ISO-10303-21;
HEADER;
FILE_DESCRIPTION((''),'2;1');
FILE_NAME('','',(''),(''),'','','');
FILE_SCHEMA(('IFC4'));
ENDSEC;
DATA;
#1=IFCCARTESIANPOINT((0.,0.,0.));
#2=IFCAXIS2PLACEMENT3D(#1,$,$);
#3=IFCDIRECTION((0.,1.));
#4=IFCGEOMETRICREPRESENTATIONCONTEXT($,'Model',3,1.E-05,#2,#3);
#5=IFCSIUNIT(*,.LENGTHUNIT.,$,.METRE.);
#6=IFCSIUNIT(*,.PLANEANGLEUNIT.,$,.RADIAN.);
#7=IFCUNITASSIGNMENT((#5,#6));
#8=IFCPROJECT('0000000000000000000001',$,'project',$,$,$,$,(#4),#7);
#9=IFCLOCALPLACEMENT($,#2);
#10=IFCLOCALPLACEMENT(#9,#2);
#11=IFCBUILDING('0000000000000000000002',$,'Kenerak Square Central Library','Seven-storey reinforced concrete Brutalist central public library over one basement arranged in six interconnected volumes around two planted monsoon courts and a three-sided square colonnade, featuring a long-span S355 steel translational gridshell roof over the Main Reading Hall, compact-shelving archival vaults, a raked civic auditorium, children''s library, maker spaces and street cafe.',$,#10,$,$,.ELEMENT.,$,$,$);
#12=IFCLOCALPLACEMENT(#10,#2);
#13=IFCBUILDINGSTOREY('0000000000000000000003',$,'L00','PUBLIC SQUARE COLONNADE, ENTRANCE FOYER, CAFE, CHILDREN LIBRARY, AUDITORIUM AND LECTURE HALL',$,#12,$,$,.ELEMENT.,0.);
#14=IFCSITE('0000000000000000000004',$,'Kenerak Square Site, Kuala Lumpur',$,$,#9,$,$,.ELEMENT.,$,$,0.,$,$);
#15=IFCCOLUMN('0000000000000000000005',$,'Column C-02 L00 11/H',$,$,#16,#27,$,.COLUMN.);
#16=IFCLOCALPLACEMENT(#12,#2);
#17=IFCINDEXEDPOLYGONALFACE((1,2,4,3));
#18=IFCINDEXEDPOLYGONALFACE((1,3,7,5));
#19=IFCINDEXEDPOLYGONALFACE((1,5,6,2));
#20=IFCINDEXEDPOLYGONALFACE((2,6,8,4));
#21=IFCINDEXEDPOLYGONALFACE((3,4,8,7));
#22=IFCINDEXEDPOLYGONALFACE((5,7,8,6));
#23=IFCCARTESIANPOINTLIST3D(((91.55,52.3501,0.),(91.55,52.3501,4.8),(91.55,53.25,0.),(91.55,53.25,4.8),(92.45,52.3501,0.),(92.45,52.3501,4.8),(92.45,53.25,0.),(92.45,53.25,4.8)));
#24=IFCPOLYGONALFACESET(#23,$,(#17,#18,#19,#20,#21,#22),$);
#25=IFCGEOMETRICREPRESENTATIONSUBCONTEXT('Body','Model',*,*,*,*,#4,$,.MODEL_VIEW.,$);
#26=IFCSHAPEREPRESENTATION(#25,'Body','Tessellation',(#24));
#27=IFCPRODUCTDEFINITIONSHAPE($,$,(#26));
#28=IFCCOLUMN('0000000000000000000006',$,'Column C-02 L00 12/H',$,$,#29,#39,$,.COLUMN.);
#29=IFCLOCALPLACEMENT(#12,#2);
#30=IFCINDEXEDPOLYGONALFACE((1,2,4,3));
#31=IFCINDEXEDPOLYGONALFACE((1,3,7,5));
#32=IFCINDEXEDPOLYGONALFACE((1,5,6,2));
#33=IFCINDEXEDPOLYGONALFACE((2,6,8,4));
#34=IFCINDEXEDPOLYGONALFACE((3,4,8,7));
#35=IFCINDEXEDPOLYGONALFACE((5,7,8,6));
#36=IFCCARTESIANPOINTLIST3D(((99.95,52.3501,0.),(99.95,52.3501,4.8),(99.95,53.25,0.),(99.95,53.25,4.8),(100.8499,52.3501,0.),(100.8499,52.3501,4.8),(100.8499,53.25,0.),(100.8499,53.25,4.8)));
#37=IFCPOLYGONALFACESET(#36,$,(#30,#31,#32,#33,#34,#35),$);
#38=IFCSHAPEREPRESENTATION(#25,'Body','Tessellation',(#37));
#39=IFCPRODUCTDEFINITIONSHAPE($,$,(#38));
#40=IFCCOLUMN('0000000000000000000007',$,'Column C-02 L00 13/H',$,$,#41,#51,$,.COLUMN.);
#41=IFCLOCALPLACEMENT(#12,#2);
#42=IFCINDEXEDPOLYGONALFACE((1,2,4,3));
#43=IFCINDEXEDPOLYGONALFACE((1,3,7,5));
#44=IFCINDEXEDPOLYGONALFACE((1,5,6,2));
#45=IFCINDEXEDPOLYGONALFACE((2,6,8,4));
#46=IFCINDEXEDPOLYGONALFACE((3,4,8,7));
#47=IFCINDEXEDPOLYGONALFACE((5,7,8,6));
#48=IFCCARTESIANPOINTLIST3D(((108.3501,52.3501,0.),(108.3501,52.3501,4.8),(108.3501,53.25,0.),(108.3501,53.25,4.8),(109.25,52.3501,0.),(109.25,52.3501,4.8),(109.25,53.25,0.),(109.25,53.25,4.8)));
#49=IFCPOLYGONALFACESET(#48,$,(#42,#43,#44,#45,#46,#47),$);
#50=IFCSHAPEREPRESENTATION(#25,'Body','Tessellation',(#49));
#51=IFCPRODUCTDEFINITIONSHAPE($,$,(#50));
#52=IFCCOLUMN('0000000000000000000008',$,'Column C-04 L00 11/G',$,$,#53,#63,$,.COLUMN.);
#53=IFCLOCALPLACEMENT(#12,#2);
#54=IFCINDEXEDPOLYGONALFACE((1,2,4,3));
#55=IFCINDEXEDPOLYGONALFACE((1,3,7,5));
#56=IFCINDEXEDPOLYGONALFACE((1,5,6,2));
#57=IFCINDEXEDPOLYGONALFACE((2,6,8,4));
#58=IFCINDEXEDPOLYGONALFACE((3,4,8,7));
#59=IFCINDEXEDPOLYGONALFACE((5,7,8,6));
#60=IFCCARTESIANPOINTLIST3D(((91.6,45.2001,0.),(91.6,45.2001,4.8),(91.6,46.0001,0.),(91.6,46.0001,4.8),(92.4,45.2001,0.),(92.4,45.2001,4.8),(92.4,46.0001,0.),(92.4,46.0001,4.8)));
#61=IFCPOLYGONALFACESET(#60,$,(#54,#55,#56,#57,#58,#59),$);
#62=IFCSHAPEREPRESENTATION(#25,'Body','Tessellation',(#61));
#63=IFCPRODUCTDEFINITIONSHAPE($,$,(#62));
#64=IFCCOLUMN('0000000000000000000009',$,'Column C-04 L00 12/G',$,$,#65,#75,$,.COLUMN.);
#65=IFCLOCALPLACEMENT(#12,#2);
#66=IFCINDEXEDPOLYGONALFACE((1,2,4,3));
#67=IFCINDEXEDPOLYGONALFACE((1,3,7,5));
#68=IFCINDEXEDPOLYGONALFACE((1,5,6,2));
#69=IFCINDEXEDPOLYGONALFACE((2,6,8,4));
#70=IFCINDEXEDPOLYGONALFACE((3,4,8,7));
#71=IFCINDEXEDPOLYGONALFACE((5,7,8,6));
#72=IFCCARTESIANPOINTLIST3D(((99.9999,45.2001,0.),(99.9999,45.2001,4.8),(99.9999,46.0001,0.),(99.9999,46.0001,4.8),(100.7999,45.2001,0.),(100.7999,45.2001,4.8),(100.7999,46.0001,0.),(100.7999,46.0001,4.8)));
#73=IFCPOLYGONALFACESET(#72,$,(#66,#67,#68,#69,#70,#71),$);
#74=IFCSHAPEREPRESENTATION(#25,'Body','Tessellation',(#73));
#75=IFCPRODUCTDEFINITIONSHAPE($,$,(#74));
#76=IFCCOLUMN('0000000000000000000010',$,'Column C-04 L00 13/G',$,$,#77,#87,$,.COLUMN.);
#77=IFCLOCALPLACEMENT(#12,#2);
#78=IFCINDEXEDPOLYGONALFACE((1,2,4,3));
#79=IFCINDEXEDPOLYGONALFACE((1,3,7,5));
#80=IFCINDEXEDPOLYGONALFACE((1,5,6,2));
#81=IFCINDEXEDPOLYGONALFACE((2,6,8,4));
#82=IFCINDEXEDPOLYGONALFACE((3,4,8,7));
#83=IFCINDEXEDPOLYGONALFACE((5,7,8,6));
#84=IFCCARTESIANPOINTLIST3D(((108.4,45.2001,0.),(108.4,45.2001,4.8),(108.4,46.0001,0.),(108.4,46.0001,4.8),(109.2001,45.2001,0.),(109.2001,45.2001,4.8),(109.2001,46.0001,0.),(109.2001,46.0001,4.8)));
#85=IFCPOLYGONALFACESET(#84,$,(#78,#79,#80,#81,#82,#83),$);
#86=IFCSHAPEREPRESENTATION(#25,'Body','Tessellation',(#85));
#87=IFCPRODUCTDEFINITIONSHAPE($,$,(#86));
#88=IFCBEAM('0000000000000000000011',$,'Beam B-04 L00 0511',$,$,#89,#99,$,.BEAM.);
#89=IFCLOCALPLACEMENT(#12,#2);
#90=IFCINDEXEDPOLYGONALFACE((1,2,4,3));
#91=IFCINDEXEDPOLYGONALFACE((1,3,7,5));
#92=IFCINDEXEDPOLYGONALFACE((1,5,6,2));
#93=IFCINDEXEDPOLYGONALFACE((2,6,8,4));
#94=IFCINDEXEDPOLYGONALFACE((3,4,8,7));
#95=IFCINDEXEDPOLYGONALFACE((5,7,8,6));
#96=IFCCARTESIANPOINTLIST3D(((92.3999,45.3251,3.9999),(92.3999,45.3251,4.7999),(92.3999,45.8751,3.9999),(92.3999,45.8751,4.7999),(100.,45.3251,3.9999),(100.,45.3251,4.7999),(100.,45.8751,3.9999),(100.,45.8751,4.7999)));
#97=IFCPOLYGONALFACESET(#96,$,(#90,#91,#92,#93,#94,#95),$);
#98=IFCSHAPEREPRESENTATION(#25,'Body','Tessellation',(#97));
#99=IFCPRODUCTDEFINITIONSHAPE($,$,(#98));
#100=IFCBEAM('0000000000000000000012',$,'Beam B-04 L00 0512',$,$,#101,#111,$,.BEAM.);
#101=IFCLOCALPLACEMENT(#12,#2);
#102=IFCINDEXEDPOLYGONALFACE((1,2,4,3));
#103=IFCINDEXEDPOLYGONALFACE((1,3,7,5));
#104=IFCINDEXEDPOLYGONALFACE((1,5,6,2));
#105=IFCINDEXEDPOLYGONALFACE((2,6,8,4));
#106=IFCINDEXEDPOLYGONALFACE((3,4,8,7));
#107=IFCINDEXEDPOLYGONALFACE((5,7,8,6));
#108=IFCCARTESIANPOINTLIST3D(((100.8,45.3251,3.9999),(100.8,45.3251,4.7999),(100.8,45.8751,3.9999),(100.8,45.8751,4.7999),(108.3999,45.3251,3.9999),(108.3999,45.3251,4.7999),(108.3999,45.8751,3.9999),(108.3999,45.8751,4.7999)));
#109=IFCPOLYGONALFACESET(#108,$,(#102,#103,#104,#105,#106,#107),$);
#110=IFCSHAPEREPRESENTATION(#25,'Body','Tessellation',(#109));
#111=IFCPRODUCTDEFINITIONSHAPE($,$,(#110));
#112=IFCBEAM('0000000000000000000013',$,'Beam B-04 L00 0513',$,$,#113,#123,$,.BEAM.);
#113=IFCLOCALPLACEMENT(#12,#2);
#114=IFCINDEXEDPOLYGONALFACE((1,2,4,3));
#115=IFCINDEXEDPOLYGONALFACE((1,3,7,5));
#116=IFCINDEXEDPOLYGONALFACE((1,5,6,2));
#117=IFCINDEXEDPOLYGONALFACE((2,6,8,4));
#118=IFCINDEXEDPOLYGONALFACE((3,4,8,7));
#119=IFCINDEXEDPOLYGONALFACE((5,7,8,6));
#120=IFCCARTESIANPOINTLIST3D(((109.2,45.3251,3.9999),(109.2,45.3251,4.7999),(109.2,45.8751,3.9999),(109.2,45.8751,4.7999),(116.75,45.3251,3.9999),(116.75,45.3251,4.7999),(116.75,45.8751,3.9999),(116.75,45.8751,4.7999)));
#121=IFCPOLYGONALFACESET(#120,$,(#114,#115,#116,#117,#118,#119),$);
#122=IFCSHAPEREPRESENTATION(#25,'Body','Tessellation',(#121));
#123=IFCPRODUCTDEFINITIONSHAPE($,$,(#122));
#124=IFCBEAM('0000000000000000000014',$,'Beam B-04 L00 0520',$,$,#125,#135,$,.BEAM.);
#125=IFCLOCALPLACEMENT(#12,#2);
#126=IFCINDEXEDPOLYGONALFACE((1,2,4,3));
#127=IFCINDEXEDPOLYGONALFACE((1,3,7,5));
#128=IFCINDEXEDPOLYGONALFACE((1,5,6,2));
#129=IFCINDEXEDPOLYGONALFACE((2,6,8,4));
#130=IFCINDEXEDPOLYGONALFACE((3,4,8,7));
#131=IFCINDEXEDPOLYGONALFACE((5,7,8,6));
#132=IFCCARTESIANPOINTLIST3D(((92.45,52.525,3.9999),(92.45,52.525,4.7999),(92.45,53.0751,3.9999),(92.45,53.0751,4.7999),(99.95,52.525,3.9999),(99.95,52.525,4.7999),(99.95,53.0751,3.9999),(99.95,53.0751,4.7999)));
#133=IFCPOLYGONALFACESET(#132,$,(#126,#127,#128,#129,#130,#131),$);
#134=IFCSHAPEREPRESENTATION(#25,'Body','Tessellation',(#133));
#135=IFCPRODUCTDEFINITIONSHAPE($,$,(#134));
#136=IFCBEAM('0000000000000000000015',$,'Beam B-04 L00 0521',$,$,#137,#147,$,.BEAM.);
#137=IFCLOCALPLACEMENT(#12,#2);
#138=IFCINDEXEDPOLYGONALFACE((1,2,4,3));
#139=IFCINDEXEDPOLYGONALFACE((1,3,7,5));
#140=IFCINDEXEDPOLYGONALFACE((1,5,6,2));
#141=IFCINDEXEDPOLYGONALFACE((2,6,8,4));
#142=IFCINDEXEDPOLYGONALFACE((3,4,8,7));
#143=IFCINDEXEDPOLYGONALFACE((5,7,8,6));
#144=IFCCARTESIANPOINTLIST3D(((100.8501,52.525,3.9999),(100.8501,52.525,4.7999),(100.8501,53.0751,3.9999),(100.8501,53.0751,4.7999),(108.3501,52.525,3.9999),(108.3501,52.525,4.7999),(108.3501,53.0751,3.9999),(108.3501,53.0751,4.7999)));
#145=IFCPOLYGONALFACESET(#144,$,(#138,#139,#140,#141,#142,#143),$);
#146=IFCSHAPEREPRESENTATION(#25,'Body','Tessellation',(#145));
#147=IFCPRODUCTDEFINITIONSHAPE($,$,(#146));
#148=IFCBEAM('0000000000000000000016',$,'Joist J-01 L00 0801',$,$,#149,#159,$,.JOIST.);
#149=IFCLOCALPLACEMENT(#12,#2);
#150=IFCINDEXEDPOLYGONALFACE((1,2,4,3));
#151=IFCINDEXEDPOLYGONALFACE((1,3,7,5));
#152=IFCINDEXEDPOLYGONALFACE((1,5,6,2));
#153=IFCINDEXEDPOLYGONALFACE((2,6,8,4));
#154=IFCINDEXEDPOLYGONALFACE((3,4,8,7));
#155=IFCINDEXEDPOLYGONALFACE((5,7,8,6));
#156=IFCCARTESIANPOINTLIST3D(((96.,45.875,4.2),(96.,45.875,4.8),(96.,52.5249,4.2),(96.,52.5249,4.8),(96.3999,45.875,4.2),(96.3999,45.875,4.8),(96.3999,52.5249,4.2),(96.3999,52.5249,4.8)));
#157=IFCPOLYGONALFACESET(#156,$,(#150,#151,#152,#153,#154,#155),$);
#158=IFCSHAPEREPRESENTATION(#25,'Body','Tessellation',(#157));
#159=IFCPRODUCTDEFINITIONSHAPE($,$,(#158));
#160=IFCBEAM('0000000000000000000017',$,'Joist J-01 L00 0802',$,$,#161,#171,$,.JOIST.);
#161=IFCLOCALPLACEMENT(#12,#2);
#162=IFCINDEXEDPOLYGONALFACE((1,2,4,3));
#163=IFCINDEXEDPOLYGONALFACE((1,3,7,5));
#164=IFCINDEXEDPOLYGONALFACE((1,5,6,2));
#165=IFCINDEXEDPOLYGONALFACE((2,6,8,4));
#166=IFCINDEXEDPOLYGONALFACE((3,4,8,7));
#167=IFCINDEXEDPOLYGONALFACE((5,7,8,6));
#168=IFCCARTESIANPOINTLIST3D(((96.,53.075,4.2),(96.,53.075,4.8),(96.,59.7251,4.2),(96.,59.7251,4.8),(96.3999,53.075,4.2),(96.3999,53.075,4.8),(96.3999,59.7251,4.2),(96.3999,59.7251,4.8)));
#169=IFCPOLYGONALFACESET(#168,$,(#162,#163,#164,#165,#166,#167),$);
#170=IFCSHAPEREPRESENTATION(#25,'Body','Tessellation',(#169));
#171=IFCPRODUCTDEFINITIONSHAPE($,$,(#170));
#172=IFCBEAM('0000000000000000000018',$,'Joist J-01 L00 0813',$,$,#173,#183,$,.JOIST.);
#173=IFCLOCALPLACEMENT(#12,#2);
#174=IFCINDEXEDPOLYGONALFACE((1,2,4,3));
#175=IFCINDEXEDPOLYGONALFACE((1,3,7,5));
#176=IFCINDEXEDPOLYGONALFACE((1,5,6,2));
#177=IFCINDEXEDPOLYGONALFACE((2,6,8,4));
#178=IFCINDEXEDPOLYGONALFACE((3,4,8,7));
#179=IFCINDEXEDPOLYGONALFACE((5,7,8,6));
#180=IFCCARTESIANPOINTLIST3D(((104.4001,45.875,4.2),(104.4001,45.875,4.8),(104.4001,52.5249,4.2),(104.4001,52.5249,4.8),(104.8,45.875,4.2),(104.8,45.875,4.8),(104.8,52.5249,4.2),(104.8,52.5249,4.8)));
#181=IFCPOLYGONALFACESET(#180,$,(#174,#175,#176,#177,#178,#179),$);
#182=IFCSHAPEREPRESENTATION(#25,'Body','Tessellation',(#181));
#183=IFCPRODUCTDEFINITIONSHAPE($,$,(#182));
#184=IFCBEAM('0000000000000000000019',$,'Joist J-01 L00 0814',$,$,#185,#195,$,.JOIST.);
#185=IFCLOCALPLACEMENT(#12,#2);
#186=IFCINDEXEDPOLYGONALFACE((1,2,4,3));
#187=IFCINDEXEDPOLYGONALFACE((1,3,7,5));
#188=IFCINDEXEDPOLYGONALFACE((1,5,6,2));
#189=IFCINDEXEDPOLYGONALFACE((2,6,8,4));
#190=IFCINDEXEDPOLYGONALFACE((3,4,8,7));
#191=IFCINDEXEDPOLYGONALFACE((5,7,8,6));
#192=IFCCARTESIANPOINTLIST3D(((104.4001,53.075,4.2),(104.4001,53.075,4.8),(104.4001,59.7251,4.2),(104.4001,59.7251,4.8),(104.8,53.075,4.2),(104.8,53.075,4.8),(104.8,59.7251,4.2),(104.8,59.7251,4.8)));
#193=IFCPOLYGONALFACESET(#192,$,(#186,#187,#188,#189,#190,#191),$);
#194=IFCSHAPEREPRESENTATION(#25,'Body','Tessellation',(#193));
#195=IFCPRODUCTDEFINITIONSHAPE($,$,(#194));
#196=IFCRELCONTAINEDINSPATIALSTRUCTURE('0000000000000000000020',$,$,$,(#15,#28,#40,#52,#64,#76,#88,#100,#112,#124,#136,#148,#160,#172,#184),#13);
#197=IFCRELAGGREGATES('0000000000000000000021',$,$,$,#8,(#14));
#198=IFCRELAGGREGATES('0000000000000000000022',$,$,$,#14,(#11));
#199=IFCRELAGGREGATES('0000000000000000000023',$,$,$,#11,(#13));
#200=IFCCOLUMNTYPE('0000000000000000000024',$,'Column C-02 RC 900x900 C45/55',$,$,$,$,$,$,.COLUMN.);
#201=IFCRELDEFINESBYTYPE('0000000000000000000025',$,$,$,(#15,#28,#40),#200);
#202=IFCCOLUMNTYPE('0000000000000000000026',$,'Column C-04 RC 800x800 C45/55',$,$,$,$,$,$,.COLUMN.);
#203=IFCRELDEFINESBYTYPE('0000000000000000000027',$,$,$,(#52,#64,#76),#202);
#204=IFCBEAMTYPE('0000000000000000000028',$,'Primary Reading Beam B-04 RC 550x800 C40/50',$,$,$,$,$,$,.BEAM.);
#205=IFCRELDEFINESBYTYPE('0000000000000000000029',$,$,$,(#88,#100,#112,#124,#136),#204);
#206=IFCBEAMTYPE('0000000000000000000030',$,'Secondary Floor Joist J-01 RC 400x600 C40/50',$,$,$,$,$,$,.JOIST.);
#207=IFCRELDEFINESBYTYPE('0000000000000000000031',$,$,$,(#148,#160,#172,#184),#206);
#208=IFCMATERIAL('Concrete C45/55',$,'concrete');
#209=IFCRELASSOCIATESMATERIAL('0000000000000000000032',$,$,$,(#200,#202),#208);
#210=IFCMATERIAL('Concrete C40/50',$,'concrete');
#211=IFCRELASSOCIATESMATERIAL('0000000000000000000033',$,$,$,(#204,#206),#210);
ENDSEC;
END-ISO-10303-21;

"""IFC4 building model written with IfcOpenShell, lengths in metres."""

from ifc_helpers import new_model, si_unit, direction, frame, origin, origin_2d, place, context, subcontext, project, spatial, rectangle, extrude, material, material_profile, profile_set, type_object, element, save


model = new_model("IFC4")

# Units and contexts
model_context = context("Model", 3, precision=1e-05, world=origin(), true_north=direction((0.0, 1.0)))
body_context = subcontext(model_context, "Body", "Model", "MODEL_VIEW")
ifc_project = project(units=[si_unit("LENGTHUNIT", "METRE"), si_unit("PLANEANGLEUNIT", "RADIAN")], contexts=[model_context])

# Site, building, storey
site_placement = place(None, origin())
site = spatial("IfcSite", under=ifc_project, at=site_placement, Name="Kenerak Square Site, Kuala Lumpur", CompositionType="ELEMENT", RefElevation=0.0)
building_placement = place(site_placement, origin())
building = spatial("IfcBuilding", under=site, at=building_placement, Name="Kenerak Square Central Library", Description="Seven-storey reinforced concrete Brutalist central public library over one basement arranged in six interconnected volumes around two planted monsoon courts and a three-sided square colonnade, featuring a long-span S355 steel translational gridshell roof over the Main Reading Hall, compact-shelving archival vaults, a raked civic auditorium, children's library, maker spaces and street cafe.", CompositionType="ELEMENT")
storey_placement = place(building_placement, origin())
storey = spatial("IfcBuildingStorey", under=building, at=storey_placement, Name="L00", Description="PUBLIC SQUARE COLONNADE, ENTRANCE FOYER, CAFE, CHILDREN LIBRARY, AUDITORIUM AND LECTURE HALL", CompositionType="ELEMENT", Elevation=0.0)

# Columns
ifc_material_1 = material(Name="Concrete C45/55", Category="concrete")
ifc_material_profile_1 = material_profile(ifc_material_1, rectangle(XDim=0.8999, YDim=0.8999, at=origin_2d()), Name="RC 900x900")
ifc_profile_set_1 = profile_set([ifc_material_profile_1], Name="Concrete C45/55")
column_type_1 = type_object("IfcColumnType", Name="Column C-02 RC 900x900 C45/55", PredefinedType="COLUMN", material=ifc_profile_set_1)
for number, where, z_axis, x_axis, name in (
    (1, (92.0, 52.8, 0.0), (0.0, 0.0, 1.0), (1.0, 0.0, 0.0), "Column C-02 L00 11/H"),
    (2, (100.3999, 52.8, 0.0), (0.0, 0.0, 1.0), (1.0, 0.0, 0.0), "Column C-02 L00 12/H"),
    (3, (108.8, 52.8, 0.0), (0.0, 0.0, 1.0), (1.0, 0.0, 0.0), "Column C-02 L00 13/H"),
):
    element("IfcColumn", number, at=place(storey_placement, frame(where, z_axis=z_axis, x_axis=x_axis)), inside=storey, type_object=column_type_1, Name=name, PredefinedType="COLUMN", context=body_context, shape_type="SweptSolid", body=[
        extrude(rectangle(XDim=0.8999, YDim=0.8999, at=origin_2d()), origin(), (0.0, 0.0, 1.0), 4.8),
    ])
ifc_material_profile_2 = material_profile(ifc_material_1, rectangle(XDim=0.8, YDim=0.8, at=origin_2d()), Name="RC 800x800")
ifc_profile_set_2 = profile_set([ifc_material_profile_2], Name="Concrete C45/55")
column_type_2 = type_object("IfcColumnType", Name="Column C-04 RC 800x800 C45/55", PredefinedType="COLUMN", material=ifc_profile_set_2)
for number, where, z_axis, x_axis, name in (
    (4, (92.0, 45.6001, 0.0), (0.0, 0.0, 1.0), (1.0, 0.0, 0.0), "Column C-04 L00 11/G"),
    (5, (100.3999, 45.6001, 0.0), (0.0, 0.0, 1.0), (1.0, 0.0, 0.0), "Column C-04 L00 12/G"),
    (6, (108.8, 45.6001, 0.0), (0.0, 0.0, 1.0), (1.0, 0.0, 0.0), "Column C-04 L00 13/G"),
):
    element("IfcColumn", number, at=place(storey_placement, frame(where, z_axis=z_axis, x_axis=x_axis)), inside=storey, type_object=column_type_2, Name=name, PredefinedType="COLUMN", context=body_context, shape_type="SweptSolid", body=[
        extrude(rectangle(XDim=0.8, YDim=0.8, at=origin_2d()), origin(), (0.0, 0.0, 1.0), 4.8),
    ])

# Beams
ifc_material_2 = material(Name="Concrete C40/50", Category="concrete")
ifc_material_profile_3 = material_profile(ifc_material_2, rectangle(XDim=0.55, YDim=0.8, at=origin_2d()), Name="RC 550x800")
ifc_profile_set_3 = profile_set([ifc_material_profile_3], Name="Concrete C40/50")
beam_type_1 = type_object("IfcBeamType", Name="Primary Reading Beam B-04 RC 550x800 C40/50", PredefinedType="BEAM", material=ifc_profile_set_3)
beam_1_placement = place(storey_placement, frame((92.3999, 45.6001, 4.3999), z_axis=(1.0, 0.0, 0.0), x_axis=(0.0, 1.0, 0.0)))
element("IfcBeam", 7, at=beam_1_placement, inside=storey, type_object=beam_type_1, Name="Beam B-04 L00 0511", PredefinedType="BEAM", context=body_context, shape_type="SweptSolid", body=[
    extrude(rectangle(XDim=0.55, YDim=0.8, at=origin_2d()), origin(), (0.0, 0.0, 1.0), 7.6001),
])
beam_2_placement = place(storey_placement, frame((100.8, 45.6001, 4.3999), z_axis=(1.0, 0.0, 0.0), x_axis=(0.0, 1.0, 0.0)))
element("IfcBeam", 8, at=beam_2_placement, inside=storey, type_object=beam_type_1, Name="Beam B-04 L00 0512", PredefinedType="BEAM", context=body_context, shape_type="SweptSolid", body=[
    extrude(rectangle(XDim=0.55, YDim=0.8, at=origin_2d()), origin(), (0.0, 0.0, 1.0), 7.5999),
])
beam_3_placement = place(storey_placement, frame((109.2, 45.6001, 4.3999), z_axis=(1.0, 0.0, 0.0), x_axis=(0.0, 1.0, 0.0)))
element("IfcBeam", 9, at=beam_3_placement, inside=storey, type_object=beam_type_1, Name="Beam B-04 L00 0513", PredefinedType="BEAM", context=body_context, shape_type="SweptSolid", body=[
    extrude(rectangle(XDim=0.55, YDim=0.8, at=origin_2d()), origin(), (0.0, 0.0, 1.0), 7.55),
])
for number, where, z_axis, x_axis, name in (
    (10, (92.45, 52.8, 4.3999), (1.0, 0.0, 0.0), (0.0, 1.0, 0.0), "Beam B-04 L00 0520"),
    (11, (100.8501, 52.8, 4.3999), (1.0, 0.0, 0.0), (0.0, 1.0, 0.0), "Beam B-04 L00 0521"),
):
    element("IfcBeam", number, at=place(storey_placement, frame(where, z_axis=z_axis, x_axis=x_axis)), inside=storey, type_object=beam_type_1, Name=name, PredefinedType="BEAM", context=body_context, shape_type="SweptSolid", body=[
        extrude(rectangle(XDim=0.55, YDim=0.8, at=origin_2d()), origin(), (0.0, 0.0, 1.0), 7.5),
    ])
ifc_material_profile_4 = material_profile(ifc_material_2, rectangle(XDim=0.3999, YDim=0.6001, at=origin_2d()), Name="RC 400x600")
ifc_profile_set_4 = profile_set([ifc_material_profile_4], Name="Concrete C40/50")
beam_type_2 = type_object("IfcBeamType", Name="Secondary Floor Joist J-01 RC 400x600 C40/50", PredefinedType="JOIST", material=ifc_profile_set_4)
beam_4_placement = place(storey_placement, frame((96.2, 45.875, 4.5), z_axis=(0.0, 1.0, 0.0), x_axis=(-1.0, 0.0, 0.0)))
element("IfcBeam", 12, at=beam_4_placement, inside=storey, type_object=beam_type_2, Name="Joist J-01 L00 0801", PredefinedType="JOIST", context=body_context, shape_type="SweptSolid", body=[
    extrude(rectangle(XDim=0.3999, YDim=0.6001, at=origin_2d()), origin(), (0.0, 0.0, 1.0), 6.6499),
])
beam_5_placement = place(storey_placement, frame((96.2, 53.075, 4.5), z_axis=(0.0, 1.0, 0.0), x_axis=(-1.0, 0.0, 0.0)))
element("IfcBeam", 13, at=beam_5_placement, inside=storey, type_object=beam_type_2, Name="Joist J-01 L00 0802", PredefinedType="JOIST", context=body_context, shape_type="SweptSolid", body=[
    extrude(rectangle(XDim=0.3999, YDim=0.6001, at=origin_2d()), origin(), (0.0, 0.0, 1.0), 6.6501),
])
beam_6_placement = place(storey_placement, frame((104.6001, 45.875, 4.5), z_axis=(0.0, 1.0, 0.0), x_axis=(-1.0, 0.0, 0.0)))
element("IfcBeam", 14, at=beam_6_placement, inside=storey, type_object=beam_type_2, Name="Joist J-01 L00 0813", PredefinedType="JOIST", context=body_context, shape_type="SweptSolid", body=[
    extrude(rectangle(XDim=0.3999, YDim=0.6001, at=origin_2d()), origin(), (0.0, 0.0, 1.0), 6.6499),
])
beam_7_placement = place(storey_placement, frame((104.6001, 53.075, 4.5), z_axis=(0.0, 1.0, 0.0), x_axis=(-1.0, 0.0, 0.0)))
element("IfcBeam", 15, at=beam_7_placement, inside=storey, type_object=beam_type_2, Name="Joist J-01 L00 0814", PredefinedType="JOIST", context=body_context, shape_type="SweptSolid", body=[
    extrude(rectangle(XDim=0.3999, YDim=0.6001, at=origin_2d()), origin(), (0.0, 0.0, 1.0), 6.6501),
])

save(model, "model.ifc")
